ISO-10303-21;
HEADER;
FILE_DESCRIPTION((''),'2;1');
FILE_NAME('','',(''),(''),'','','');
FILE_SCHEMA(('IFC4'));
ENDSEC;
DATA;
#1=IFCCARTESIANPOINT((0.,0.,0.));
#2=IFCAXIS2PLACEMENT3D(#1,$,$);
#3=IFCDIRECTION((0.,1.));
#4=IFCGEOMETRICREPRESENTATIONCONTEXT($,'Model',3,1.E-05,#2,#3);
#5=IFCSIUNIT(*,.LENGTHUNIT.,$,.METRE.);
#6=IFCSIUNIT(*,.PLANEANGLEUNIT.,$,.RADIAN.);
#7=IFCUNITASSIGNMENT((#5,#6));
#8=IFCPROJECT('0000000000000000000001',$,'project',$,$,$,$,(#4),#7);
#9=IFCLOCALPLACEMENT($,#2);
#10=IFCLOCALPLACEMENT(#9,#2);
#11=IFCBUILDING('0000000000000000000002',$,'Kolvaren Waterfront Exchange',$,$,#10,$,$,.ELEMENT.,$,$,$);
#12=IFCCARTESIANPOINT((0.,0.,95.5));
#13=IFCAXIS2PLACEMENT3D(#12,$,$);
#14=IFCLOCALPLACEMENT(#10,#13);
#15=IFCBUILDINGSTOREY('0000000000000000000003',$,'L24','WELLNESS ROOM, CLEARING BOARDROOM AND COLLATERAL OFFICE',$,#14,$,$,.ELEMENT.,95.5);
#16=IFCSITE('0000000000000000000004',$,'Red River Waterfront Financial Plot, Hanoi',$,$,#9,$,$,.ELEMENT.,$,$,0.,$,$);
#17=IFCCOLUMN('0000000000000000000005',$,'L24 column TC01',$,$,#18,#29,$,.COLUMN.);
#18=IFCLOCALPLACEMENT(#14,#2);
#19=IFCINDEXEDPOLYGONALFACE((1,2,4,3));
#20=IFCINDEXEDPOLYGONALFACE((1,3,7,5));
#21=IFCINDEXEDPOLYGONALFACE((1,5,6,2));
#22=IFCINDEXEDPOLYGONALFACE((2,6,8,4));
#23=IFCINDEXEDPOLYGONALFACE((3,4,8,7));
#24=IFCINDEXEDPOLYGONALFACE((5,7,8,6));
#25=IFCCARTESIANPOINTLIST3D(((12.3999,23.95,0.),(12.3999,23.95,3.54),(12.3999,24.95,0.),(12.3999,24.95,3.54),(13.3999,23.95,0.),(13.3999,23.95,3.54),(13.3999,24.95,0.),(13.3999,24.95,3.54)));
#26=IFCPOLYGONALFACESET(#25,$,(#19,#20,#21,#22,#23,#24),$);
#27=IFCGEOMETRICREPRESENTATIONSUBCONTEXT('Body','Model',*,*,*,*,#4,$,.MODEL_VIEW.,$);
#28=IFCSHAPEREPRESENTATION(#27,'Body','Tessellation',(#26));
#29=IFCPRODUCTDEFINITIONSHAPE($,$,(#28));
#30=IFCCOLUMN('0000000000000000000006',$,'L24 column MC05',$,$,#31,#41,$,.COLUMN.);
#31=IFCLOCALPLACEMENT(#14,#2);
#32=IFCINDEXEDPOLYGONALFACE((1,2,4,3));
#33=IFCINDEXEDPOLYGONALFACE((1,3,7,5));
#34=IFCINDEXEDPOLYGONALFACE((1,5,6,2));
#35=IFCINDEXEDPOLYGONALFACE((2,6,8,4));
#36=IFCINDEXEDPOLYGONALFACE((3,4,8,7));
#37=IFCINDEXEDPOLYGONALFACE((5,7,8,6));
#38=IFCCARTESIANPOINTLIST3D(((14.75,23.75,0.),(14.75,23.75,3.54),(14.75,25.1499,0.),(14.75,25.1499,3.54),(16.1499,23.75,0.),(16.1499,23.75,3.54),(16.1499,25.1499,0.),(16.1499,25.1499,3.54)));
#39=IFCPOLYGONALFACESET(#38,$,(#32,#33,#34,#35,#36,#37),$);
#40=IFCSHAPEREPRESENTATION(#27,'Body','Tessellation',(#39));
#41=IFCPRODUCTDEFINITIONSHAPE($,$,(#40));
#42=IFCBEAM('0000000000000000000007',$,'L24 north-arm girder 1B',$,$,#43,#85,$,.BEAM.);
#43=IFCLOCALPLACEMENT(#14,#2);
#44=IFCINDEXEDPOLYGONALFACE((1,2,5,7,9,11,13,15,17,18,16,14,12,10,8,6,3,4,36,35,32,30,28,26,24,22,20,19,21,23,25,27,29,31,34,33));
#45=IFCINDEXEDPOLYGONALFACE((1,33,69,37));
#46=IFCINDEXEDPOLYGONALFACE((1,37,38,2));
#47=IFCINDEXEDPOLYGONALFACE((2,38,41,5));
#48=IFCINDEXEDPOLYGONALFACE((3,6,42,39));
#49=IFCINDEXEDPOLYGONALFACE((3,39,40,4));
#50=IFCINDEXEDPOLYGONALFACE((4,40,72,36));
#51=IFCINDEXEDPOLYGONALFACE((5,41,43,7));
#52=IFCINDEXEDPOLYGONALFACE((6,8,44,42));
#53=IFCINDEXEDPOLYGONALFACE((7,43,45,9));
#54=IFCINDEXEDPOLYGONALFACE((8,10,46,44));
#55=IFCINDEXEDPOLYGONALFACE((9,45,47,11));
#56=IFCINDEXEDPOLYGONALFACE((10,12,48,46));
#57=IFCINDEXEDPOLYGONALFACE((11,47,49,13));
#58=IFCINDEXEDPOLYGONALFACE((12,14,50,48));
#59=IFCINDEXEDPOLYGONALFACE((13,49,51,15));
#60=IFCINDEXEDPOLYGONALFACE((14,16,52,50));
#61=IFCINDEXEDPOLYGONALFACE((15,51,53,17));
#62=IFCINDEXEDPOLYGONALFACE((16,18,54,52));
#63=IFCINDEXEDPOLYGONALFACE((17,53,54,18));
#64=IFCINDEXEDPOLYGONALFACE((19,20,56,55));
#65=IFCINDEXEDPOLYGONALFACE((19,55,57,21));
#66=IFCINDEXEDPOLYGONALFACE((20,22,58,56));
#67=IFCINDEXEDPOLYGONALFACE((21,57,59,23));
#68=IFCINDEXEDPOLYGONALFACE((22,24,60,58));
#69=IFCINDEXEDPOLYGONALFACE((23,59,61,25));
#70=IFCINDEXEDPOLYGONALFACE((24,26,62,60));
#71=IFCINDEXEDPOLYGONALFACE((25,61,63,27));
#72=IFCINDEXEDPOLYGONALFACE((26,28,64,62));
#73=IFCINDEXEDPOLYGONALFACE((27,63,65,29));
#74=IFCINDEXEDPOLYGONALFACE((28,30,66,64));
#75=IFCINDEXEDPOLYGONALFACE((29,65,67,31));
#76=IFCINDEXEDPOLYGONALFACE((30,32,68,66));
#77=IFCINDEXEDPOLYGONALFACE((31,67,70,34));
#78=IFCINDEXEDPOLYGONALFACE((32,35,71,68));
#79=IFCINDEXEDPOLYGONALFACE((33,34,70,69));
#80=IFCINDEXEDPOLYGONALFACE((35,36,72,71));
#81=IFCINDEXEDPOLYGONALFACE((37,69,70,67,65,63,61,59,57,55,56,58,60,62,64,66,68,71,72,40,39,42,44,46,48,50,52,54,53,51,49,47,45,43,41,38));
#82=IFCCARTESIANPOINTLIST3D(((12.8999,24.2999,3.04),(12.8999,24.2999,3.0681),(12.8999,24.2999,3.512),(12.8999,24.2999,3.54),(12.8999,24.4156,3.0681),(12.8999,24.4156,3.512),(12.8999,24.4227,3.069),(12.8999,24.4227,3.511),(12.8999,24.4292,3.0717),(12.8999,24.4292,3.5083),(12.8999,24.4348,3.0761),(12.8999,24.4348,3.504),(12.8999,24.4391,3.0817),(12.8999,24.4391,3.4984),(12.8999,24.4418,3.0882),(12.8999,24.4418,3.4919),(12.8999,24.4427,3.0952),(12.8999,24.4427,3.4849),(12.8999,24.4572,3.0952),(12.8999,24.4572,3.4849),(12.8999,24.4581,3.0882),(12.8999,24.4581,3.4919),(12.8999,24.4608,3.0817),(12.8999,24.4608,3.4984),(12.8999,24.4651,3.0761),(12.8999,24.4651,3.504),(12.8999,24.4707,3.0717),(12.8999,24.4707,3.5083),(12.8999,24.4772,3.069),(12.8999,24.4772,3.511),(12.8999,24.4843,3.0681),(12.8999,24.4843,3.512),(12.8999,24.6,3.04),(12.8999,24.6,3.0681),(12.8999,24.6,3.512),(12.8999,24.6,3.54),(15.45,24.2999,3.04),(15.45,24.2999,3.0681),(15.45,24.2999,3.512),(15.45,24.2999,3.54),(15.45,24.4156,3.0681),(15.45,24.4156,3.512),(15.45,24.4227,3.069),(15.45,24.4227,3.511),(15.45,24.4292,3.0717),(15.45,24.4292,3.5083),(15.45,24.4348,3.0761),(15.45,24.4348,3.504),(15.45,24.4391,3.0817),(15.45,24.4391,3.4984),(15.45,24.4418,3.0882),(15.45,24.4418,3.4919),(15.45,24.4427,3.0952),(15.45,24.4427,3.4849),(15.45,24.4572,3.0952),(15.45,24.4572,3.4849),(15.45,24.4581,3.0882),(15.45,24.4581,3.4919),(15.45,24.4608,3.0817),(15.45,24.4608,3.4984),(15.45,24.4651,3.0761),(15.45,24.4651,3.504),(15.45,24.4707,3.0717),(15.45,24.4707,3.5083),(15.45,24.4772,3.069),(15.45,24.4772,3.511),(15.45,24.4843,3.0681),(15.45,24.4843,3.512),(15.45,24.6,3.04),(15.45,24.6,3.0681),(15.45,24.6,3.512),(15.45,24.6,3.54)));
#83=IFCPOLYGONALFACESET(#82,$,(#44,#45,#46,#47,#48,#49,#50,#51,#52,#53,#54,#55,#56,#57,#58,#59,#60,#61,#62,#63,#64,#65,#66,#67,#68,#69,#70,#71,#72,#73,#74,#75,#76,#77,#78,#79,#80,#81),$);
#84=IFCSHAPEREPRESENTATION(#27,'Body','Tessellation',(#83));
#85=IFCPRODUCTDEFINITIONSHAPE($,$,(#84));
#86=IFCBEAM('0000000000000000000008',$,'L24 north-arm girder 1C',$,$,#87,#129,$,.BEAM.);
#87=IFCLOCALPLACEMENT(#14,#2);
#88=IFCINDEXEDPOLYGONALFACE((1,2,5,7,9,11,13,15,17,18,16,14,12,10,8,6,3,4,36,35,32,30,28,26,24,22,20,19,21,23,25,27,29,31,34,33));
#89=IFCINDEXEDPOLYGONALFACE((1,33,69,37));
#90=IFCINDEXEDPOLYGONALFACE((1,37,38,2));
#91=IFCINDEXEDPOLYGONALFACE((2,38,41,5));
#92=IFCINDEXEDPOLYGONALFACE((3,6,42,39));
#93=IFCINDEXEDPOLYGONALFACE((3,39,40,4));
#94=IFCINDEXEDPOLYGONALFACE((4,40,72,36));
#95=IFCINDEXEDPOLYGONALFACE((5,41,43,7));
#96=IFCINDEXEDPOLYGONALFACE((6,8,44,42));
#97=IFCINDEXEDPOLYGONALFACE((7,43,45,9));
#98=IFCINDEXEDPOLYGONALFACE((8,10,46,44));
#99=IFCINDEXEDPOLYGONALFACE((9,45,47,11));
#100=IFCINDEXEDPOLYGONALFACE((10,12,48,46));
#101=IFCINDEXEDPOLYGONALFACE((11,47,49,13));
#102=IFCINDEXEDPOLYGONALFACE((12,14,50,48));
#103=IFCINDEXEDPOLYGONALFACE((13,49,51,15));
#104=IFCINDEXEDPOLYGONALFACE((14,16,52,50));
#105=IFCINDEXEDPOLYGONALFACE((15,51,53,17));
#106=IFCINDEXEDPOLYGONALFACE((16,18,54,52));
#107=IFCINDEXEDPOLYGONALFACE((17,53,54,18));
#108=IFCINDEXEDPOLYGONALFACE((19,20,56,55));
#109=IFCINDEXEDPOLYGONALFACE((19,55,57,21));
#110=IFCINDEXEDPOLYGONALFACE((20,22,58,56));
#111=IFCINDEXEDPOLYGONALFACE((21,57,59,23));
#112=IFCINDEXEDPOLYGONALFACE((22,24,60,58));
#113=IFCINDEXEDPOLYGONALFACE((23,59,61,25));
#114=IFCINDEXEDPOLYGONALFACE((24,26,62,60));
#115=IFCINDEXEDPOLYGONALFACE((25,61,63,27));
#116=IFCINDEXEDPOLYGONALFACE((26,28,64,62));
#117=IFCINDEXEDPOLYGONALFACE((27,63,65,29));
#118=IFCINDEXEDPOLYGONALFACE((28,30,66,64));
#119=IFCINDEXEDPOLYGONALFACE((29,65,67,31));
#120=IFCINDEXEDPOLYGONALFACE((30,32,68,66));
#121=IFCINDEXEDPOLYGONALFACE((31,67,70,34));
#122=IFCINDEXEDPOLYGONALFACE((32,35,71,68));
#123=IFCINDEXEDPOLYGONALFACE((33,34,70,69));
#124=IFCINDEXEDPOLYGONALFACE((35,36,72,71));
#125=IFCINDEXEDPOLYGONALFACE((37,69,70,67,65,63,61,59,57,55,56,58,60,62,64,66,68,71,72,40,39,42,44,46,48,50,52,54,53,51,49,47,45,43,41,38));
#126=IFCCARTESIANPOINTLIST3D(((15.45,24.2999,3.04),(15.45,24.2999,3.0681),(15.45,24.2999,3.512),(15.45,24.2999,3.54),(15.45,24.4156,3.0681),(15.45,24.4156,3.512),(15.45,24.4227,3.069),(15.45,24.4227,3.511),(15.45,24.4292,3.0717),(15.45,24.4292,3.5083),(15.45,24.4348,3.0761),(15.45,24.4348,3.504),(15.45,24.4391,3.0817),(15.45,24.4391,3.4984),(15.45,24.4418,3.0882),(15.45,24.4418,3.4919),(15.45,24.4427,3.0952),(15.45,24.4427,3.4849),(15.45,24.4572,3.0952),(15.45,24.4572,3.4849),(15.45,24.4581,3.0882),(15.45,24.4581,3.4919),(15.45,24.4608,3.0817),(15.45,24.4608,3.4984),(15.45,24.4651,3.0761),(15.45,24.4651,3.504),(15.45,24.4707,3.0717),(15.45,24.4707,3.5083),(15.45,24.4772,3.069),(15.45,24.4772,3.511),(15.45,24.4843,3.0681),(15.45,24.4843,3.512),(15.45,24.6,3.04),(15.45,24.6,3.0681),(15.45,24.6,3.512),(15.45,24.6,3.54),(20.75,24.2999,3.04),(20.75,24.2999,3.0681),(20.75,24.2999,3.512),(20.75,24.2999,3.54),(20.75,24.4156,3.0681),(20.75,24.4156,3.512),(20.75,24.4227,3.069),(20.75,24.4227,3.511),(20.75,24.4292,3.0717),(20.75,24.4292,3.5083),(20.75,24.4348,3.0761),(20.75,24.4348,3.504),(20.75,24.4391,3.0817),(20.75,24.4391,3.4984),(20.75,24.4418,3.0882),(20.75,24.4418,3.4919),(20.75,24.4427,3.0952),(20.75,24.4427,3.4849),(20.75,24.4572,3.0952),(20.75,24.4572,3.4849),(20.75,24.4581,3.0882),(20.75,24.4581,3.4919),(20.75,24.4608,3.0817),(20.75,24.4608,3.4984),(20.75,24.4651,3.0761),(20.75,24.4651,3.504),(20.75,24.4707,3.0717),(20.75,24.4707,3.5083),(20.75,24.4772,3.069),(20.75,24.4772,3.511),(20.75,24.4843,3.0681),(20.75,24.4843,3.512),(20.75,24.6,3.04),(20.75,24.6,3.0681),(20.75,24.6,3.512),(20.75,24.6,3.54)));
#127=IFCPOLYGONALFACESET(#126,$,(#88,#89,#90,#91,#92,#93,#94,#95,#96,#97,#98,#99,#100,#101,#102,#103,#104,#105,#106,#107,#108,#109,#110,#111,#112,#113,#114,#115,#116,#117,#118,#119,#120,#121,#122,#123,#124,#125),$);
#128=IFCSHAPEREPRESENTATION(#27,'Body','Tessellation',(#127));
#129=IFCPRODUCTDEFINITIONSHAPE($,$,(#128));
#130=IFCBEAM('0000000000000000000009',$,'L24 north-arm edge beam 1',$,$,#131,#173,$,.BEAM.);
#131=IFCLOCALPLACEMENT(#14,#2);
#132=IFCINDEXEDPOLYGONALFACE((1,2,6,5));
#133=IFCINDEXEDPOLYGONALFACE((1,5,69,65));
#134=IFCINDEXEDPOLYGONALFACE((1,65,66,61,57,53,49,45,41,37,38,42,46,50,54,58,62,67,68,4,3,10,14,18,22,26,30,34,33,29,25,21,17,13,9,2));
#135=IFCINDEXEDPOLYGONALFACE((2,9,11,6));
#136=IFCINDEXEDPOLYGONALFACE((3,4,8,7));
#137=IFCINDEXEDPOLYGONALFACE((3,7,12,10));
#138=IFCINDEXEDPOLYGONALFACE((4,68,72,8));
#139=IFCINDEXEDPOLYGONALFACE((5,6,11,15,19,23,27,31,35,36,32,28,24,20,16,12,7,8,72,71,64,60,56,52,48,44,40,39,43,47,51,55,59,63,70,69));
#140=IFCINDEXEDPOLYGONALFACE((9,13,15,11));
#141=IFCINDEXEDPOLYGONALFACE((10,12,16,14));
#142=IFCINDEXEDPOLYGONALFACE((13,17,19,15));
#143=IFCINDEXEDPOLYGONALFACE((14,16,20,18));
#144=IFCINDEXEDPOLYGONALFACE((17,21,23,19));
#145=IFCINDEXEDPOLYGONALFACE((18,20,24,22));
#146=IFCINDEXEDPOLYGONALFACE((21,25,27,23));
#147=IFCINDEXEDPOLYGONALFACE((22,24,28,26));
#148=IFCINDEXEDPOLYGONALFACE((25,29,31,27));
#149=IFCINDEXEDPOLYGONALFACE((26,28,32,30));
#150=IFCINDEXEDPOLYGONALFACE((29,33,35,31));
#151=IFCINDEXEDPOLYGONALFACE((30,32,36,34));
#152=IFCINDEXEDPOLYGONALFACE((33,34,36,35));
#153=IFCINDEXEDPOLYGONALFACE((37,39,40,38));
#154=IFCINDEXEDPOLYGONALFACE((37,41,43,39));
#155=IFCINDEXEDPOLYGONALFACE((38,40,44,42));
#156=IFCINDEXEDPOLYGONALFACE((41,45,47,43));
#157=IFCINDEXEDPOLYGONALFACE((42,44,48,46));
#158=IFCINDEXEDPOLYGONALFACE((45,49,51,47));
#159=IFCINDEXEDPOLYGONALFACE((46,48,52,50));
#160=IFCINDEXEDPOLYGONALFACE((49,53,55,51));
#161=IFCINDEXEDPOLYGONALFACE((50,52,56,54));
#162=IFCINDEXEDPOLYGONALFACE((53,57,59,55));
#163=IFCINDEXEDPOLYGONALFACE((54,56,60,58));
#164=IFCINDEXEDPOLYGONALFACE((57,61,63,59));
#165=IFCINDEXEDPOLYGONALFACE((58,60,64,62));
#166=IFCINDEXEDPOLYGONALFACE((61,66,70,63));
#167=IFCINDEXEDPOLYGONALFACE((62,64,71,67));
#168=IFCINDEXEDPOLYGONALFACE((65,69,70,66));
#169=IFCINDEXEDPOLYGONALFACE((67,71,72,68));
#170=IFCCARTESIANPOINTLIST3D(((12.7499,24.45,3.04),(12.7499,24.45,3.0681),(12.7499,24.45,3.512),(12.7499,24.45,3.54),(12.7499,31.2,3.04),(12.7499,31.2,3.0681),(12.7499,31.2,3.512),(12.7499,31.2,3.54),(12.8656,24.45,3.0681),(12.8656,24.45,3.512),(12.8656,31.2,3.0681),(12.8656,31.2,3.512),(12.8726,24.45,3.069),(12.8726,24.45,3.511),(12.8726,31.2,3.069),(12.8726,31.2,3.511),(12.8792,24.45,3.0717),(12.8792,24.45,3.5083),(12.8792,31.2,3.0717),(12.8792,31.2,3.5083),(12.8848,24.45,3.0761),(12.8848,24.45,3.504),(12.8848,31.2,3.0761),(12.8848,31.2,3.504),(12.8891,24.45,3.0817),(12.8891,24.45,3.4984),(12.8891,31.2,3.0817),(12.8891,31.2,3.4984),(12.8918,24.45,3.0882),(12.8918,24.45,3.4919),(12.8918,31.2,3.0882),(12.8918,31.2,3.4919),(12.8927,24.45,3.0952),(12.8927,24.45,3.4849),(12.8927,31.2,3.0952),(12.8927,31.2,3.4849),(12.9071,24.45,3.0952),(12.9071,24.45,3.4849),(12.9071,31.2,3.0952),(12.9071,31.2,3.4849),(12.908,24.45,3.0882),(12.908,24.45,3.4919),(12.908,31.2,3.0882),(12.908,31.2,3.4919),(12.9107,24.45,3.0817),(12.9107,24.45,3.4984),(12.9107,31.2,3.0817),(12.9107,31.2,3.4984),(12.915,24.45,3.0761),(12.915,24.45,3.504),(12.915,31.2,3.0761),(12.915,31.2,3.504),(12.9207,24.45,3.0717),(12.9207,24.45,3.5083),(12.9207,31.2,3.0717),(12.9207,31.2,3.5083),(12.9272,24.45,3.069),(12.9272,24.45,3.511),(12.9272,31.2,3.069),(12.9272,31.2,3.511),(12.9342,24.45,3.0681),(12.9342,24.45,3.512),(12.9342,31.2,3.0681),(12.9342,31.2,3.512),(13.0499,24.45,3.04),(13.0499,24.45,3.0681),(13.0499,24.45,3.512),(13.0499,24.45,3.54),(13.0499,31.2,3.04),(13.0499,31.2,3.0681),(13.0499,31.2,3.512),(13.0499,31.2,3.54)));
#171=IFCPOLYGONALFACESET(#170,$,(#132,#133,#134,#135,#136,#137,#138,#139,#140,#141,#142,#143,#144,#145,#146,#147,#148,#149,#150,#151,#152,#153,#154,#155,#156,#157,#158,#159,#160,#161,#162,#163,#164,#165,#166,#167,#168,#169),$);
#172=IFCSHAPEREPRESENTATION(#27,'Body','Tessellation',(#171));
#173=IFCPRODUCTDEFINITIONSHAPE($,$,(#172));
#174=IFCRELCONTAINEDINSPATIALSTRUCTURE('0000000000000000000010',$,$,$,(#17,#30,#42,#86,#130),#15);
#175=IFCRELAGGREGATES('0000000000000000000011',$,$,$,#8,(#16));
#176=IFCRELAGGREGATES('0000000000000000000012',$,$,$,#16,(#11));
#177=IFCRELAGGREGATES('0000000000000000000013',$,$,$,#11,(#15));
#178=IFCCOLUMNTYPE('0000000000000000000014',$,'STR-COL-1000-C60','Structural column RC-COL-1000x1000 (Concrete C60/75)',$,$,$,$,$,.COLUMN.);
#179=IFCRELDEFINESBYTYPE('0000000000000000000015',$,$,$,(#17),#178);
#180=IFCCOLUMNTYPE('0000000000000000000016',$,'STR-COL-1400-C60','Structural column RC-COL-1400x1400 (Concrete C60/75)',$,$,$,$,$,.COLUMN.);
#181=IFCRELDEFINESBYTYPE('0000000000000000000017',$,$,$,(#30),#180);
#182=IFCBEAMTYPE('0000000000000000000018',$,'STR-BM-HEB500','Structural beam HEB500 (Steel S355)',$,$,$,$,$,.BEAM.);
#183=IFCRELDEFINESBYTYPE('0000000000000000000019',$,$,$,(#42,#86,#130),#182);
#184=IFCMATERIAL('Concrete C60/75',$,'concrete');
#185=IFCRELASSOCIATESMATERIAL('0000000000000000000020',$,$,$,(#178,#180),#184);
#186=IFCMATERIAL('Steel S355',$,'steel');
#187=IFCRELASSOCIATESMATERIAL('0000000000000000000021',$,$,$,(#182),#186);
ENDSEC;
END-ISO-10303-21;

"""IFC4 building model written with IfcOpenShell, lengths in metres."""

from ifc_helpers import new_model, si_unit, direction, frame, origin, origin_2d, place, context, subcontext, project, spatial, rectangle, i_section, extrude, material, material_profile, profile_set, type_object, element, save


model = new_model("IFC4")

# Units and contexts
model_context = context("Model", 3, precision=1e-05, world=origin(), true_north=direction((0.0, 1.0)))
body_context = subcontext(model_context, "Body", "Model", "MODEL_VIEW")
ifc_project = project(units=[si_unit("LENGTHUNIT", "METRE"), si_unit("PLANEANGLEUNIT", "RADIAN")], contexts=[model_context])

# Site, building, storey
site_placement = place(None, origin())
site = spatial("IfcSite", under=ifc_project, at=site_placement, Name="Red River Waterfront Financial Plot, Hanoi", CompositionType="ELEMENT", RefElevation=0.0)
building_placement = place(site_placement, origin())
building = spatial("IfcBuilding", under=site, at=building_placement, Name="Kolvaren Waterfront Exchange", CompositionType="ELEMENT")
storey_placement = place(building_placement, frame((0.0, 0.0, 95.5)))
storey = spatial("IfcBuildingStorey", under=building, at=storey_placement, Name="L24", Description="WELLNESS ROOM, CLEARING BOARDROOM AND COLLATERAL OFFICE", CompositionType="ELEMENT", Elevation=95.5)

# Columns
ifc_material_1 = material(Name="Concrete C60/75", Category="concrete")
ifc_material_profile_1 = material_profile(ifc_material_1, rectangle(XDim=1.0, YDim=1.0, at=origin_2d()), Name="RC-COL-1000x1000")
ifc_profile_set_1 = profile_set([ifc_material_profile_1], Name="Concrete C60/75")
column_type_1 = type_object("IfcColumnType", Name="STR-COL-1000-C60", Description="Structural column RC-COL-1000x1000 (Concrete C60/75)", PredefinedType="COLUMN", material=ifc_profile_set_1)
column_1_placement = place(storey_placement, frame((12.8999, 24.45, 0.0), z_axis=(0.0, 0.0, 1.0), x_axis=(1.0, 0.0, 0.0)))
element("IfcColumn", 1, at=column_1_placement, inside=storey, type_object=column_type_1, Name="L24 column TC01", PredefinedType="COLUMN", context=body_context, shape_type="SweptSolid", body=[
    extrude(rectangle(XDim=1.0, YDim=1.0, at=origin_2d()), origin(), (0.0, 0.0, 1.0), 3.54),
])
ifc_material_profile_2 = material_profile(ifc_material_1, rectangle(XDim=1.3999, YDim=1.3999, at=origin_2d()), Name="RC-COL-1400x1400")
ifc_profile_set_2 = profile_set([ifc_material_profile_2], Name="Concrete C60/75")
column_type_2 = type_object("IfcColumnType", Name="STR-COL-1400-C60", Description="Structural column RC-COL-1400x1400 (Concrete C60/75)", PredefinedType="COLUMN", material=ifc_profile_set_2)
column_2_placement = place(storey_placement, frame((15.45, 24.45, 0.0), z_axis=(0.0, 0.0, 1.0), x_axis=(1.0, 0.0, 0.0)))
element("IfcColumn", 2, at=column_2_placement, inside=storey, type_object=column_type_2, Name="L24 column MC05", PredefinedType="COLUMN", context=body_context, shape_type="SweptSolid", body=[
    extrude(rectangle(XDim=1.3999, YDim=1.3999, at=origin_2d()), origin(), (0.0, 0.0, 1.0), 3.54),
])

# Beams
ifc_material_2 = material(Name="Steel S355", Category="steel")
ifc_material_profile_3 = material_profile(ifc_material_2, i_section(OverallWidth=0.3, OverallDepth=0.5, WebThickness=0.0144, FlangeThickness=0.0281, FilletRadius=0.0271, at=origin_2d()), Name="HEB500")
ifc_profile_set_3 = profile_set([ifc_material_profile_3], Name="Steel S355")
beam_type_1 = type_object("IfcBeamType", Name="STR-BM-HEB500", Description="Structural beam HEB500 (Steel S355)", PredefinedType="BEAM", material=ifc_profile_set_3)
beam_1_placement = place(storey_placement, frame((12.8999, 24.45, 3.29), z_axis=(1.0, 0.0, 0.0), x_axis=(0.0, 1.0, 0.0)))
element("IfcBeam", 3, at=beam_1_placement, inside=storey, type_object=beam_type_1, Name="L24 north-arm girder 1B", PredefinedType="BEAM", context=body_context, shape_type="SweptSolid", body=[
    extrude(i_section(OverallWidth=0.3, OverallDepth=0.5, WebThickness=0.0144, FlangeThickness=0.0281, FilletRadius=0.0271, at=origin_2d()), origin(), (0.0, 0.0, 1.0), 2.55),
])
beam_2_placement = place(storey_placement, frame((15.45, 24.45, 3.29), z_axis=(1.0, 0.0, 0.0), x_axis=(0.0, 1.0, 0.0)))
element("IfcBeam", 4, at=beam_2_placement, inside=storey, type_object=beam_type_1, Name="L24 north-arm girder 1C", PredefinedType="BEAM", context=body_context, shape_type="SweptSolid", body=[
    extrude(i_section(OverallWidth=0.3, OverallDepth=0.5, WebThickness=0.0144, FlangeThickness=0.0281, FilletRadius=0.0271, at=origin_2d()), origin(), (0.0, 0.0, 1.0), 5.3),
])
beam_3_placement = place(storey_placement, frame((12.8999, 24.45, 3.29), z_axis=(0.0, 1.0, 0.0), x_axis=(-1.0, 0.0, 0.0)))
element("IfcBeam", 5, at=beam_3_placement, inside=storey, type_object=beam_type_1, Name="L24 north-arm edge beam 1", PredefinedType="BEAM", context=body_context, shape_type="SweptSolid", body=[
    extrude(i_section(OverallWidth=0.3, OverallDepth=0.5, WebThickness=0.0144, FlangeThickness=0.0281, FilletRadius=0.0271, at=origin_2d()), origin(), (0.0, 0.0, 1.0), 6.75),
])

save(model, "model.ifc")
